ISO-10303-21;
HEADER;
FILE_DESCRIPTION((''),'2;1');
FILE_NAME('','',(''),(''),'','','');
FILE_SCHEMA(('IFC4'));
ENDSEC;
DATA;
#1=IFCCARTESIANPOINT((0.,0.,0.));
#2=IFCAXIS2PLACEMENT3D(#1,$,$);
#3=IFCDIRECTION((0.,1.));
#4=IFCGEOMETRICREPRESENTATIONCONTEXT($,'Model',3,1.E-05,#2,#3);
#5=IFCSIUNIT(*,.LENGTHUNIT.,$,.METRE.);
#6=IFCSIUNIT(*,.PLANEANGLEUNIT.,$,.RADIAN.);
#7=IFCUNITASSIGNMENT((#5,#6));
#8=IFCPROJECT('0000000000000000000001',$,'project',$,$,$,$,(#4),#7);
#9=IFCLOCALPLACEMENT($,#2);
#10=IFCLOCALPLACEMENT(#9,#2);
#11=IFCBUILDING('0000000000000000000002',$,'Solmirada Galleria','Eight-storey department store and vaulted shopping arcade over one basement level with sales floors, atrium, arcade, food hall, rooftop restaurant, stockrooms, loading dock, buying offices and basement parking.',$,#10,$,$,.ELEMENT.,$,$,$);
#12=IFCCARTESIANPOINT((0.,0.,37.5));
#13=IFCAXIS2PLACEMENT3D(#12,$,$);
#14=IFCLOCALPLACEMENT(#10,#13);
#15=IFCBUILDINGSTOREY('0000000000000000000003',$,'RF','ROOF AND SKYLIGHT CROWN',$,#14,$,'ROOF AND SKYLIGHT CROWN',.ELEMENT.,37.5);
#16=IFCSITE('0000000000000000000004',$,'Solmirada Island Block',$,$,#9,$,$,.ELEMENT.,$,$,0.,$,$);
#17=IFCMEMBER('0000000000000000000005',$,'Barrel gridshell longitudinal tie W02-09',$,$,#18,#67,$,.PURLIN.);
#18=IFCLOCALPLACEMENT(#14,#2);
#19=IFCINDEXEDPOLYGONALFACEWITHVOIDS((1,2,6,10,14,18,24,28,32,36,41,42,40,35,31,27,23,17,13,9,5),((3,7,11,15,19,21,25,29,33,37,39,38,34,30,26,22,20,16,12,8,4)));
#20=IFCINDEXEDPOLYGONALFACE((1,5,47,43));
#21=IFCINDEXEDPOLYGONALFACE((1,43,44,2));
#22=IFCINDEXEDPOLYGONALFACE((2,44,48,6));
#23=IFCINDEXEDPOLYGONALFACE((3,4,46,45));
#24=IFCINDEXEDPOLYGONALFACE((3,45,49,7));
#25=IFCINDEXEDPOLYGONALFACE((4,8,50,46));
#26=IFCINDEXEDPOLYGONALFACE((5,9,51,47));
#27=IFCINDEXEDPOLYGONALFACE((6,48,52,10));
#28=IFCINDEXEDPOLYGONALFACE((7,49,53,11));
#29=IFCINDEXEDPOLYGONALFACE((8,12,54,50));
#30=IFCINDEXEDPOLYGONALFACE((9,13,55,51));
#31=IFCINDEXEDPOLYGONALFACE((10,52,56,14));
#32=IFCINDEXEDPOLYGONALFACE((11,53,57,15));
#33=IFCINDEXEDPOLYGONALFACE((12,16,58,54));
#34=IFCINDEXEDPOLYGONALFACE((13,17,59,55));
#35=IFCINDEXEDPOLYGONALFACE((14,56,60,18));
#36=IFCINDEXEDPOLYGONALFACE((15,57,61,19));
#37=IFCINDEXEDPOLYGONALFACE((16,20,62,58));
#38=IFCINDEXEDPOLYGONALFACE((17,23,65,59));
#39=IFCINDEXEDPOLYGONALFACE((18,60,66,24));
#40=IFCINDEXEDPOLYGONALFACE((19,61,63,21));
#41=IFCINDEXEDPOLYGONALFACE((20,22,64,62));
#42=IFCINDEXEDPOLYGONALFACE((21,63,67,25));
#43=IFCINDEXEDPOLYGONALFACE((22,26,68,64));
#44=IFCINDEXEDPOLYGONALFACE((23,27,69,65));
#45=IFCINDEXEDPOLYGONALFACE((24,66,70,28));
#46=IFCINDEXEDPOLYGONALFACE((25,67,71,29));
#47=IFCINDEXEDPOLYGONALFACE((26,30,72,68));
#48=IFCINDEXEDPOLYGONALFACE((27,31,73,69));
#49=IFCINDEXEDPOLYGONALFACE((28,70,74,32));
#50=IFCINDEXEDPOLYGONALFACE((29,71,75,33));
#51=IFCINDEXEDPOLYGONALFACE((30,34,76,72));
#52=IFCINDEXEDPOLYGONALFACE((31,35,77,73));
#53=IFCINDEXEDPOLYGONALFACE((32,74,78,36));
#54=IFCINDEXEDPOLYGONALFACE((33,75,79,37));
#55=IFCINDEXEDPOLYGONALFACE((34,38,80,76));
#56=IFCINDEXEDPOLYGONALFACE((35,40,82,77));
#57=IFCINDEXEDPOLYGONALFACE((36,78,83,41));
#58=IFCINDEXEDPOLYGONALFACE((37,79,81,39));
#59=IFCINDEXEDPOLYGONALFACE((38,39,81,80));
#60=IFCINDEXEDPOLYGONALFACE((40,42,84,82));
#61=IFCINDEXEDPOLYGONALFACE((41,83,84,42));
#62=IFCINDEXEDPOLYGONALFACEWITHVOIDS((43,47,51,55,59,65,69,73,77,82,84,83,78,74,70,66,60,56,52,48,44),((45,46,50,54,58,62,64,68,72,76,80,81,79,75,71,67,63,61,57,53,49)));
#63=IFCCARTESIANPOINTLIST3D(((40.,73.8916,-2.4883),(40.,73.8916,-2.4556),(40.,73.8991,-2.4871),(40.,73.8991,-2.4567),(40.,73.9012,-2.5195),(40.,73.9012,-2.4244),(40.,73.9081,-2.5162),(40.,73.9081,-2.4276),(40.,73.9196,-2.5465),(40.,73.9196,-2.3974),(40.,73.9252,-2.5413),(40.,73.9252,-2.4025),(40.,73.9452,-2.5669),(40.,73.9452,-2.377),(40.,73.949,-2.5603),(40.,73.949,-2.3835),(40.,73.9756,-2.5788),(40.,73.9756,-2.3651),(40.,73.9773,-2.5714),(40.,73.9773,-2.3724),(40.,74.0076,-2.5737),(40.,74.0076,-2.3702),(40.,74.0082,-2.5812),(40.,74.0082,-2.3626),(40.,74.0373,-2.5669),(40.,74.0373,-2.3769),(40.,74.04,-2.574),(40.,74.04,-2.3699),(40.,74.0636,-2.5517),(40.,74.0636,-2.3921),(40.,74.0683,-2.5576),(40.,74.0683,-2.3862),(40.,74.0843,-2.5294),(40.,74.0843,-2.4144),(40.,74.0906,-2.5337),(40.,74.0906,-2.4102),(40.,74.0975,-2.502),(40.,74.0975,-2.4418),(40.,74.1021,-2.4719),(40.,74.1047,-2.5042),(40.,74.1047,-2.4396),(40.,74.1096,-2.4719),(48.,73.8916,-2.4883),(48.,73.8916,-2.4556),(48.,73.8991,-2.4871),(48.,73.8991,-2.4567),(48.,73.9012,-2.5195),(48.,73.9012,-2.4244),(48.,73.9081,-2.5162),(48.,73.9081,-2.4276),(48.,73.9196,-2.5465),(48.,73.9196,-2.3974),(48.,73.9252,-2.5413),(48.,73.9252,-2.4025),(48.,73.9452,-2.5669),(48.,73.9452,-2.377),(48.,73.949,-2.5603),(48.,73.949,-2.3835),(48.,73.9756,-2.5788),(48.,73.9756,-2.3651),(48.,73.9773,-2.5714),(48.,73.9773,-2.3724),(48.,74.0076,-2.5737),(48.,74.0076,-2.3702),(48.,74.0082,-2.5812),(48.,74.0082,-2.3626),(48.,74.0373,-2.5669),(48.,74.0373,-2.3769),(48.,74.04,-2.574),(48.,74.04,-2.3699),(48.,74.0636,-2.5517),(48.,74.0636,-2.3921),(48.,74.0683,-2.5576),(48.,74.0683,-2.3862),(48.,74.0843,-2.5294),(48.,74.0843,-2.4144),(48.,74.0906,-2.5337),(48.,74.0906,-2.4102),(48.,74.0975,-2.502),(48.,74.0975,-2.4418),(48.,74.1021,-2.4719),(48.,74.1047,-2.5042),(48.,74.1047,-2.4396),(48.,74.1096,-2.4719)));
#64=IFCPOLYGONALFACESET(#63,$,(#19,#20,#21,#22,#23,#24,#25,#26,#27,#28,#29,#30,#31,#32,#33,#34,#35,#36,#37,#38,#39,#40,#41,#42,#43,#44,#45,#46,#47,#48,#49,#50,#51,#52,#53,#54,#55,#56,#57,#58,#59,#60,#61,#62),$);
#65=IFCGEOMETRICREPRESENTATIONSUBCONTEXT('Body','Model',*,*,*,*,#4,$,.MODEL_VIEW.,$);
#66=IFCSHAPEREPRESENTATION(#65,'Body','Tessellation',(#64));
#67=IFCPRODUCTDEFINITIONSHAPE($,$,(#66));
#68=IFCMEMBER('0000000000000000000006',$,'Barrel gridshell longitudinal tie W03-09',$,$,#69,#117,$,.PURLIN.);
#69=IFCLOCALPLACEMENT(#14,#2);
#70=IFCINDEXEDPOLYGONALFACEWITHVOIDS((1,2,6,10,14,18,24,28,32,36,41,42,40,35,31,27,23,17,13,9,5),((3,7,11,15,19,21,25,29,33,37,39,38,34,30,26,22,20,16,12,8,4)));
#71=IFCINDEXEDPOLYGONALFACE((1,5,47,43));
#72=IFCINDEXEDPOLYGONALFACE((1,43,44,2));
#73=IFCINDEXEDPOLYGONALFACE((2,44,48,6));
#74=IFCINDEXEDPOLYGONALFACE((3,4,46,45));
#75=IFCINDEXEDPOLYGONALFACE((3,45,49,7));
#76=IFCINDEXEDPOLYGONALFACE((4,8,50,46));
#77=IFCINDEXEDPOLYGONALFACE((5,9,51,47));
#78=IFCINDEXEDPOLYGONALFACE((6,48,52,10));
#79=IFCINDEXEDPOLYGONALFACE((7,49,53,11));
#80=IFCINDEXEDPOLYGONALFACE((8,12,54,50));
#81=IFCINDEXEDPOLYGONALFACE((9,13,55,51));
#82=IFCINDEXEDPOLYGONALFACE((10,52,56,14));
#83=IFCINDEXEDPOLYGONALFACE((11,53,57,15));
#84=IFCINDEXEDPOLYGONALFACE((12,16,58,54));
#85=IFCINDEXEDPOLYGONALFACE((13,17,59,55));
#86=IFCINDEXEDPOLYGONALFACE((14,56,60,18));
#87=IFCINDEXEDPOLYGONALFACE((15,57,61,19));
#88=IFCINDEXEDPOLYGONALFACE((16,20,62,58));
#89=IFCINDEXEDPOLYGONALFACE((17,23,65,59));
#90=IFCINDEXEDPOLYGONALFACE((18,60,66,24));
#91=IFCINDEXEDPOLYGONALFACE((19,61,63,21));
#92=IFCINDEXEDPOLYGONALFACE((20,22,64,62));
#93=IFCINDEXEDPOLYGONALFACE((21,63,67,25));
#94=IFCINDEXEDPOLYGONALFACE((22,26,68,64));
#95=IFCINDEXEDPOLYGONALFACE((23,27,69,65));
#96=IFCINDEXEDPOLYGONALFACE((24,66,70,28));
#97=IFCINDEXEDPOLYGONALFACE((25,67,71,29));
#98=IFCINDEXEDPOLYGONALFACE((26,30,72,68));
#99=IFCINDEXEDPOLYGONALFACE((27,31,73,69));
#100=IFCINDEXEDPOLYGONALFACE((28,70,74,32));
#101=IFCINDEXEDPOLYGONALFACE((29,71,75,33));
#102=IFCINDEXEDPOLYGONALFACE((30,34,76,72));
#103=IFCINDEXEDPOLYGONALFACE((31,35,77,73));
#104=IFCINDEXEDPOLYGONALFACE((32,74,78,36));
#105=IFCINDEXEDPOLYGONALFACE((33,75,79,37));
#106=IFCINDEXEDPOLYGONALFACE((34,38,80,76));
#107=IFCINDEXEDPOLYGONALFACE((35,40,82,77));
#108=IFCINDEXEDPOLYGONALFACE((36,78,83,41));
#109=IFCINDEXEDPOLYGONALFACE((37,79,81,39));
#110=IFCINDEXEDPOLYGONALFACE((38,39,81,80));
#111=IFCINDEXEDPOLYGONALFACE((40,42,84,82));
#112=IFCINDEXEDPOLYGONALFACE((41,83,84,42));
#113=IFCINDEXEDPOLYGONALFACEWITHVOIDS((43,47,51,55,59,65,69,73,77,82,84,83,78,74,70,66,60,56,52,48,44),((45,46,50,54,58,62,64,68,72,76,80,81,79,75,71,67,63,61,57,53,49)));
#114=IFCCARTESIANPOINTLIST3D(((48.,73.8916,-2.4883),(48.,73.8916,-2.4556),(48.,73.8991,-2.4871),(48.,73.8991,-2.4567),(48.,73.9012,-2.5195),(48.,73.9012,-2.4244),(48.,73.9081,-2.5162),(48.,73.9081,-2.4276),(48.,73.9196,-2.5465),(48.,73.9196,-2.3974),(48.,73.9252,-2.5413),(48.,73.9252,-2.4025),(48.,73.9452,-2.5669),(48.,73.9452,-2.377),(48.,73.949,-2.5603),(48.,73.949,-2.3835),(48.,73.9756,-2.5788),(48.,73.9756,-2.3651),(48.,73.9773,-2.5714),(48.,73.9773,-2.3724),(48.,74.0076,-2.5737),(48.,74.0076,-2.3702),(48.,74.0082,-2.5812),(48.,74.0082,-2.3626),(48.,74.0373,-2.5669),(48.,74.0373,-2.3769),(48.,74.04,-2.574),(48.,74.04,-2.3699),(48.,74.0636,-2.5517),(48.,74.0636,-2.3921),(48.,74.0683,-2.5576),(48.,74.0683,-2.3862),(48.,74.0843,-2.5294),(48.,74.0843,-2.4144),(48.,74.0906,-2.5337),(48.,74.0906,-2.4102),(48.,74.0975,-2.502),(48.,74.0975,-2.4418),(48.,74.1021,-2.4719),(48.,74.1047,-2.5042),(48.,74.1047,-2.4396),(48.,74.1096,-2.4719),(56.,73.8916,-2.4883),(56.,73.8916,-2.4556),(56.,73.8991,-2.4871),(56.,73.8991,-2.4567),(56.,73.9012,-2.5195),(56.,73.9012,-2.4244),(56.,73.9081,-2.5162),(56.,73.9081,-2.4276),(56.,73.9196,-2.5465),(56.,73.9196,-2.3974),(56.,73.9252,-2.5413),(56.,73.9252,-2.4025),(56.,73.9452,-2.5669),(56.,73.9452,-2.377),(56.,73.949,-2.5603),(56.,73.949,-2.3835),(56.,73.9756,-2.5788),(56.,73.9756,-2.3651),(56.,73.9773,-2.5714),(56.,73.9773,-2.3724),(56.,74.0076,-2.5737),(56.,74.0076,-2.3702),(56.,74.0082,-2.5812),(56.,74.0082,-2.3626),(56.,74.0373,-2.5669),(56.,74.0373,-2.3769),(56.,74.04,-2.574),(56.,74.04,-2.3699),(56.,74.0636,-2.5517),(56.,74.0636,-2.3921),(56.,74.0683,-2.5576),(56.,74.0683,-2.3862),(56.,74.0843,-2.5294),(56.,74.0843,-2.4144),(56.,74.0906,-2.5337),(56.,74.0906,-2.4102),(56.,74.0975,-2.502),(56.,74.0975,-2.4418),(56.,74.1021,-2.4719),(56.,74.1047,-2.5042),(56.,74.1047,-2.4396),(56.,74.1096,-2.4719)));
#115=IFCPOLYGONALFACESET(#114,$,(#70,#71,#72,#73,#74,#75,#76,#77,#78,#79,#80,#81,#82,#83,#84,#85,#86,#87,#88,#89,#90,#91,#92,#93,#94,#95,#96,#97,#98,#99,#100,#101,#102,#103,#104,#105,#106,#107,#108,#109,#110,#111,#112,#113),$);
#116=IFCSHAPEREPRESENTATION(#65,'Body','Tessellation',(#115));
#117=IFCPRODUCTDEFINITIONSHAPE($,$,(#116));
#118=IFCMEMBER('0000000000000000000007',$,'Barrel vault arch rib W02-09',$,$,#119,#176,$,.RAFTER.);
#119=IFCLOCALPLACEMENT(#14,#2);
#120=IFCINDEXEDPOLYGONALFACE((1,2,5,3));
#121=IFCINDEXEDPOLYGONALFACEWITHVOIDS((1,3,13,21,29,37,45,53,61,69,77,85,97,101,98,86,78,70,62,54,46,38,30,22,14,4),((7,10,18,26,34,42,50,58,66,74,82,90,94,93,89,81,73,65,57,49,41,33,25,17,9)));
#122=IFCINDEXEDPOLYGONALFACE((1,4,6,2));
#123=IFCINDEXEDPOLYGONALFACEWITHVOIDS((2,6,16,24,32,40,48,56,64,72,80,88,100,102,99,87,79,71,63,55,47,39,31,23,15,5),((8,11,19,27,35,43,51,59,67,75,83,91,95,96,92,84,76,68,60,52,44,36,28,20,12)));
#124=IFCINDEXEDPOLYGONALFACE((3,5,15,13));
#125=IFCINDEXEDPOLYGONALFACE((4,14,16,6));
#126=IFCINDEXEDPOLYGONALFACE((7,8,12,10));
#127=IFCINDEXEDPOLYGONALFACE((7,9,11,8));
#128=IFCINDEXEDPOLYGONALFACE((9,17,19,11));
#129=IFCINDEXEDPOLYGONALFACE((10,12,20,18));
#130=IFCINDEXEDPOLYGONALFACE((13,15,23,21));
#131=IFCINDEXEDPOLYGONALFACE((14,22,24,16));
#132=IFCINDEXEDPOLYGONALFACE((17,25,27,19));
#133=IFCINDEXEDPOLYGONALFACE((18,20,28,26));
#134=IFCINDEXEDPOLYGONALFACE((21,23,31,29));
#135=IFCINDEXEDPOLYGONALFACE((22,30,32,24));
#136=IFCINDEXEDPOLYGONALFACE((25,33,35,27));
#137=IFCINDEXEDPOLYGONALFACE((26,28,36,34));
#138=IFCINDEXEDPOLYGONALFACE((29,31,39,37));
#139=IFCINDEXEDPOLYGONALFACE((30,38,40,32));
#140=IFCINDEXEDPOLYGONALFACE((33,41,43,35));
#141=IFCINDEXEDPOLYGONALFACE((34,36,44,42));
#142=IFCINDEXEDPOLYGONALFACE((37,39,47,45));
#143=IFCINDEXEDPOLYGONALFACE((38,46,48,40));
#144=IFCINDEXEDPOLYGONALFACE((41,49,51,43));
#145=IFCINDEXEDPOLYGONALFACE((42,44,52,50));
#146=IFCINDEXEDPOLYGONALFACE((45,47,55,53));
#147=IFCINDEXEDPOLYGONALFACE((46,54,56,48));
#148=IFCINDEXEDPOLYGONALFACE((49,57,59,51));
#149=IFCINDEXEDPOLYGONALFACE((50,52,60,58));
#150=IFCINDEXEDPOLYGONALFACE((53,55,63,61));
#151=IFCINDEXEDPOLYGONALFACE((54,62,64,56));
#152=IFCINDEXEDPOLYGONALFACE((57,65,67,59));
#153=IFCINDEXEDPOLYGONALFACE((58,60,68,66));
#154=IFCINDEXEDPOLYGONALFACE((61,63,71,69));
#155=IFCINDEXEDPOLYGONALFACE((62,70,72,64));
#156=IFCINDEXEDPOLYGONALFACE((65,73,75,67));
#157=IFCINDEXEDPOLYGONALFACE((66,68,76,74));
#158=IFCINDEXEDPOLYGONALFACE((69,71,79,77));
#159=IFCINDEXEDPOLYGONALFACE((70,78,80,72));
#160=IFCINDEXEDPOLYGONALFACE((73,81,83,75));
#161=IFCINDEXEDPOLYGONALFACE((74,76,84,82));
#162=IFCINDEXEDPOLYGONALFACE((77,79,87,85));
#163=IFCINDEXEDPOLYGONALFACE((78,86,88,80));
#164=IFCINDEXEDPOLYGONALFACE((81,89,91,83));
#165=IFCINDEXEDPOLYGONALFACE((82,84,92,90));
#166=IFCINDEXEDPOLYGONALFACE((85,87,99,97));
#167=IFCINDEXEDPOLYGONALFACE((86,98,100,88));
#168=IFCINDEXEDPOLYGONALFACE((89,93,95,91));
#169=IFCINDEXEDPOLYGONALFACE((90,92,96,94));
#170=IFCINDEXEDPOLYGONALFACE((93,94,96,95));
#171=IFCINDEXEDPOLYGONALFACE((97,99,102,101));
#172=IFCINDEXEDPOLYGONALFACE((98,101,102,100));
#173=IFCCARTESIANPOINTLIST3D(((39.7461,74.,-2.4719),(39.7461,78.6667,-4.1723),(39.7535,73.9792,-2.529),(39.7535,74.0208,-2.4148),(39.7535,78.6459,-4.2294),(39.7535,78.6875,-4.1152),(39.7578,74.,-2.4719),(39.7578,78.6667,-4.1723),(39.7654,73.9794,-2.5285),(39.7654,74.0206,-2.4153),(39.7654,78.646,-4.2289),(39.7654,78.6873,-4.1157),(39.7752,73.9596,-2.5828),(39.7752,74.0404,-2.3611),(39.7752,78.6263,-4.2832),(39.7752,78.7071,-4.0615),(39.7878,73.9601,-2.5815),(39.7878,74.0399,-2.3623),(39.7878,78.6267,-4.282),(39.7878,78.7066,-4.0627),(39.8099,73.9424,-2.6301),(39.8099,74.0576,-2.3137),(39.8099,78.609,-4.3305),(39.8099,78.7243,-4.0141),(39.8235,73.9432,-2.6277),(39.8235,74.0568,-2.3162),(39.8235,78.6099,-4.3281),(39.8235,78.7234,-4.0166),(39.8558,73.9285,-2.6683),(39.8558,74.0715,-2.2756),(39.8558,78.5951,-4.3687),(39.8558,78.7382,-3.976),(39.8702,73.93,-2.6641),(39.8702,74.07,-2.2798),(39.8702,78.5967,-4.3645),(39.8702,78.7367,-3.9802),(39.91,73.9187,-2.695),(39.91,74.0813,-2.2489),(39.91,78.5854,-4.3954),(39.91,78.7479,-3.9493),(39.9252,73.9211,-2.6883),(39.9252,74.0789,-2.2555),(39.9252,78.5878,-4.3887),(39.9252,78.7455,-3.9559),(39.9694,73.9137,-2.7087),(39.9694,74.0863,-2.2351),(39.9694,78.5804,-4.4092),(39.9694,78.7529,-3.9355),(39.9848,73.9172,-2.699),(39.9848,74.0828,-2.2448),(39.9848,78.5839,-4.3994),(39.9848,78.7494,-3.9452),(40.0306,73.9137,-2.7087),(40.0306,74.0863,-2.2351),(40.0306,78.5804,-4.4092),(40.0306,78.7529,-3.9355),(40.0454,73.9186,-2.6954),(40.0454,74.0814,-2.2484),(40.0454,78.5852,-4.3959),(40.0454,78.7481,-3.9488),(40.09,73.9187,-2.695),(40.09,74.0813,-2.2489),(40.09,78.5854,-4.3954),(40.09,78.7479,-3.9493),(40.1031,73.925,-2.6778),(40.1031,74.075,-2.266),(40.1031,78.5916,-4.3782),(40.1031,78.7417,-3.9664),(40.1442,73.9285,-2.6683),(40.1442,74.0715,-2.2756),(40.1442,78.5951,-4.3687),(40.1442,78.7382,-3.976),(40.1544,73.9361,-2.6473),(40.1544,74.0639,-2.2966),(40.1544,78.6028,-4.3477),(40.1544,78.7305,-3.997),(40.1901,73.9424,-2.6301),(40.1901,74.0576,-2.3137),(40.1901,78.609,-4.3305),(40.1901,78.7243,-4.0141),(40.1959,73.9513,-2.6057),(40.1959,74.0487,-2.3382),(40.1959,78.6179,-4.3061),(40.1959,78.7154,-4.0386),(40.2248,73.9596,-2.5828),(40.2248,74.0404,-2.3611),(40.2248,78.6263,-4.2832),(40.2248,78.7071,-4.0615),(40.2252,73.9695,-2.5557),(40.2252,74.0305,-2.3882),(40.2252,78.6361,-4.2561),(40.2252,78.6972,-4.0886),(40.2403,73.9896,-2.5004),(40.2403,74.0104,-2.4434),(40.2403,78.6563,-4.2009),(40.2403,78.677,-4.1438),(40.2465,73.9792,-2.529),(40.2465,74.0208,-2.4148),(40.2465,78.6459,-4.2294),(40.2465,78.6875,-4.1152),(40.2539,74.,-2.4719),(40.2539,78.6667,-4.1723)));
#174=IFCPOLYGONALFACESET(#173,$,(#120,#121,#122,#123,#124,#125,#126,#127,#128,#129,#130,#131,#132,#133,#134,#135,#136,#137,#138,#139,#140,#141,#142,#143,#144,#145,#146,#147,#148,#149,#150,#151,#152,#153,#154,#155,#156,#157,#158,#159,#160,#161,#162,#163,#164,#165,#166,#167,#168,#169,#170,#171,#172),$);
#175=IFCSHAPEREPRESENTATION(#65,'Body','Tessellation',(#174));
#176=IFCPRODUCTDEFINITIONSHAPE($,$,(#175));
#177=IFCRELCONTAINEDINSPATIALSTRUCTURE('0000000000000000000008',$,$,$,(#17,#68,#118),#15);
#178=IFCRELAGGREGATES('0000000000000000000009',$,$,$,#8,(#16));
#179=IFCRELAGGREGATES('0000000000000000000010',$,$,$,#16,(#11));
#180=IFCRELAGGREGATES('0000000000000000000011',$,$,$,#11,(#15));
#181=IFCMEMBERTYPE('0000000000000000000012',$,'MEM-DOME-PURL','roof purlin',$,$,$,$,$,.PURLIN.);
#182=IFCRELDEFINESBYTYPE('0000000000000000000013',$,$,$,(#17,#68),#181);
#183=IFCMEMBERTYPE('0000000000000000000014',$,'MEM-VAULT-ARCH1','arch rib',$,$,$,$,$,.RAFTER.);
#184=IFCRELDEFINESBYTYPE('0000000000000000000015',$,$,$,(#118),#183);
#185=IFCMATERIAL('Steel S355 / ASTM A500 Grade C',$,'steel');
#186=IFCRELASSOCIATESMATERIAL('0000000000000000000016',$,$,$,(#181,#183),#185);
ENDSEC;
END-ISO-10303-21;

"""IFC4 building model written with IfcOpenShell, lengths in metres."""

from ifc_helpers import new_model, si_unit, direction, frame, origin, origin_2d, place, context, subcontext, project, spatial, hollow_circle, extrude, material, material_profile, profile_set, type_object, element, save


model = new_model("IFC4")

# Units and contexts
model_context = context("Model", 3, precision=1e-05, world=origin(), true_north=direction((0.0, 1.0)))
body_context = subcontext(model_context, "Body", "Model", "MODEL_VIEW")
ifc_project = project(units=[si_unit("LENGTHUNIT", "METRE"), si_unit("PLANEANGLEUNIT", "RADIAN")], contexts=[model_context])

# Site, building, storey
site_placement = place(None, origin())
site = spatial("IfcSite", under=ifc_project, at=site_placement, Name="Solmirada Island Block", CompositionType="ELEMENT", RefElevation=0.0)
building_placement = place(site_placement, origin())
building = spatial("IfcBuilding", under=site, at=building_placement, Name="Solmirada Galleria", Description="Eight-storey department store and vaulted shopping arcade over one basement level with sales floors, atrium, arcade, food hall, rooftop restaurant, stockrooms, loading dock, buying offices and basement parking.", CompositionType="ELEMENT")
storey_placement = place(building_placement, frame((0.0, 0.0, 37.5)))
storey = spatial("IfcBuildingStorey", under=building, at=storey_placement, Name="RF", Description="ROOF AND SKYLIGHT CROWN", LongName="ROOF AND SKYLIGHT CROWN", CompositionType="ELEMENT", Elevation=37.5)

# Members
ifc_material_1 = material(Name="Steel S355 / ASTM A500 Grade C", Category="steel")
ifc_material_profile_1 = material_profile(ifc_material_1, hollow_circle(Radius=0.1096, WallThickness=0.0076, at=origin_2d()), Name="HSS8.625X0.322")
ifc_profile_set_1 = profile_set([ifc_material_profile_1], Name="Steel S355 / ASTM A500 Grade C")
member_type_1 = type_object("IfcMemberType", Name="MEM-DOME-PURL", Description="roof purlin", PredefinedType="PURLIN", material=ifc_profile_set_1)
for number, where, z_axis, x_axis, name in (
    (1, (40.0, 74.0, -2.4719), (1.0, 0.0, 0.0), (0.0, 1.0, 0.0), "Barrel gridshell longitudinal tie W02-09"),
    (2, (48.0, 74.0, -2.4719), (1.0, 0.0, 0.0), (0.0, 1.0, 0.0), "Barrel gridshell longitudinal tie W03-09"),
):
    element("IfcMember", number, at=place(storey_placement, frame(where, z_axis=z_axis, x_axis=x_axis)), inside=storey, type_object=member_type_1, Name=name, PredefinedType="PURLIN", context=body_context, shape_type="SweptSolid", body=[
        extrude(hollow_circle(Radius=0.1096, WallThickness=0.0076, at=origin_2d()), origin(), (0.0, 0.0, 1.0), 8.0),
    ])
ifc_material_profile_2 = material_profile(ifc_material_1, hollow_circle(Radius=0.2539, WallThickness=0.0117, at=origin_2d()), Name="HSS20.000X0.500")
ifc_profile_set_2 = profile_set([ifc_material_profile_2], Name="Steel S355 / ASTM A500 Grade C")
member_type_2 = type_object("IfcMemberType", Name="MEM-VAULT-ARCH1", Description="arch rib", PredefinedType="RAFTER", material=ifc_profile_set_2)
member_1_placement = place(storey_placement, frame((40.0, 74.0, -2.4719), z_axis=(0.0, 0.939571, -0.342355), x_axis=(-1.0, 0.0, 0.0)))
element("IfcMember", 3, at=member_1_placement, inside=storey, type_object=member_type_2, Name="Barrel vault arch rib W02-09", PredefinedType="RAFTER", context=body_context, shape_type="SweptSolid", body=[
    extrude(hollow_circle(Radius=0.2539, WallThickness=0.0117, at=origin_2d()), origin(), (0.0, 0.0, 1.0), 4.9668),
])

save(model, "model.ifc")
